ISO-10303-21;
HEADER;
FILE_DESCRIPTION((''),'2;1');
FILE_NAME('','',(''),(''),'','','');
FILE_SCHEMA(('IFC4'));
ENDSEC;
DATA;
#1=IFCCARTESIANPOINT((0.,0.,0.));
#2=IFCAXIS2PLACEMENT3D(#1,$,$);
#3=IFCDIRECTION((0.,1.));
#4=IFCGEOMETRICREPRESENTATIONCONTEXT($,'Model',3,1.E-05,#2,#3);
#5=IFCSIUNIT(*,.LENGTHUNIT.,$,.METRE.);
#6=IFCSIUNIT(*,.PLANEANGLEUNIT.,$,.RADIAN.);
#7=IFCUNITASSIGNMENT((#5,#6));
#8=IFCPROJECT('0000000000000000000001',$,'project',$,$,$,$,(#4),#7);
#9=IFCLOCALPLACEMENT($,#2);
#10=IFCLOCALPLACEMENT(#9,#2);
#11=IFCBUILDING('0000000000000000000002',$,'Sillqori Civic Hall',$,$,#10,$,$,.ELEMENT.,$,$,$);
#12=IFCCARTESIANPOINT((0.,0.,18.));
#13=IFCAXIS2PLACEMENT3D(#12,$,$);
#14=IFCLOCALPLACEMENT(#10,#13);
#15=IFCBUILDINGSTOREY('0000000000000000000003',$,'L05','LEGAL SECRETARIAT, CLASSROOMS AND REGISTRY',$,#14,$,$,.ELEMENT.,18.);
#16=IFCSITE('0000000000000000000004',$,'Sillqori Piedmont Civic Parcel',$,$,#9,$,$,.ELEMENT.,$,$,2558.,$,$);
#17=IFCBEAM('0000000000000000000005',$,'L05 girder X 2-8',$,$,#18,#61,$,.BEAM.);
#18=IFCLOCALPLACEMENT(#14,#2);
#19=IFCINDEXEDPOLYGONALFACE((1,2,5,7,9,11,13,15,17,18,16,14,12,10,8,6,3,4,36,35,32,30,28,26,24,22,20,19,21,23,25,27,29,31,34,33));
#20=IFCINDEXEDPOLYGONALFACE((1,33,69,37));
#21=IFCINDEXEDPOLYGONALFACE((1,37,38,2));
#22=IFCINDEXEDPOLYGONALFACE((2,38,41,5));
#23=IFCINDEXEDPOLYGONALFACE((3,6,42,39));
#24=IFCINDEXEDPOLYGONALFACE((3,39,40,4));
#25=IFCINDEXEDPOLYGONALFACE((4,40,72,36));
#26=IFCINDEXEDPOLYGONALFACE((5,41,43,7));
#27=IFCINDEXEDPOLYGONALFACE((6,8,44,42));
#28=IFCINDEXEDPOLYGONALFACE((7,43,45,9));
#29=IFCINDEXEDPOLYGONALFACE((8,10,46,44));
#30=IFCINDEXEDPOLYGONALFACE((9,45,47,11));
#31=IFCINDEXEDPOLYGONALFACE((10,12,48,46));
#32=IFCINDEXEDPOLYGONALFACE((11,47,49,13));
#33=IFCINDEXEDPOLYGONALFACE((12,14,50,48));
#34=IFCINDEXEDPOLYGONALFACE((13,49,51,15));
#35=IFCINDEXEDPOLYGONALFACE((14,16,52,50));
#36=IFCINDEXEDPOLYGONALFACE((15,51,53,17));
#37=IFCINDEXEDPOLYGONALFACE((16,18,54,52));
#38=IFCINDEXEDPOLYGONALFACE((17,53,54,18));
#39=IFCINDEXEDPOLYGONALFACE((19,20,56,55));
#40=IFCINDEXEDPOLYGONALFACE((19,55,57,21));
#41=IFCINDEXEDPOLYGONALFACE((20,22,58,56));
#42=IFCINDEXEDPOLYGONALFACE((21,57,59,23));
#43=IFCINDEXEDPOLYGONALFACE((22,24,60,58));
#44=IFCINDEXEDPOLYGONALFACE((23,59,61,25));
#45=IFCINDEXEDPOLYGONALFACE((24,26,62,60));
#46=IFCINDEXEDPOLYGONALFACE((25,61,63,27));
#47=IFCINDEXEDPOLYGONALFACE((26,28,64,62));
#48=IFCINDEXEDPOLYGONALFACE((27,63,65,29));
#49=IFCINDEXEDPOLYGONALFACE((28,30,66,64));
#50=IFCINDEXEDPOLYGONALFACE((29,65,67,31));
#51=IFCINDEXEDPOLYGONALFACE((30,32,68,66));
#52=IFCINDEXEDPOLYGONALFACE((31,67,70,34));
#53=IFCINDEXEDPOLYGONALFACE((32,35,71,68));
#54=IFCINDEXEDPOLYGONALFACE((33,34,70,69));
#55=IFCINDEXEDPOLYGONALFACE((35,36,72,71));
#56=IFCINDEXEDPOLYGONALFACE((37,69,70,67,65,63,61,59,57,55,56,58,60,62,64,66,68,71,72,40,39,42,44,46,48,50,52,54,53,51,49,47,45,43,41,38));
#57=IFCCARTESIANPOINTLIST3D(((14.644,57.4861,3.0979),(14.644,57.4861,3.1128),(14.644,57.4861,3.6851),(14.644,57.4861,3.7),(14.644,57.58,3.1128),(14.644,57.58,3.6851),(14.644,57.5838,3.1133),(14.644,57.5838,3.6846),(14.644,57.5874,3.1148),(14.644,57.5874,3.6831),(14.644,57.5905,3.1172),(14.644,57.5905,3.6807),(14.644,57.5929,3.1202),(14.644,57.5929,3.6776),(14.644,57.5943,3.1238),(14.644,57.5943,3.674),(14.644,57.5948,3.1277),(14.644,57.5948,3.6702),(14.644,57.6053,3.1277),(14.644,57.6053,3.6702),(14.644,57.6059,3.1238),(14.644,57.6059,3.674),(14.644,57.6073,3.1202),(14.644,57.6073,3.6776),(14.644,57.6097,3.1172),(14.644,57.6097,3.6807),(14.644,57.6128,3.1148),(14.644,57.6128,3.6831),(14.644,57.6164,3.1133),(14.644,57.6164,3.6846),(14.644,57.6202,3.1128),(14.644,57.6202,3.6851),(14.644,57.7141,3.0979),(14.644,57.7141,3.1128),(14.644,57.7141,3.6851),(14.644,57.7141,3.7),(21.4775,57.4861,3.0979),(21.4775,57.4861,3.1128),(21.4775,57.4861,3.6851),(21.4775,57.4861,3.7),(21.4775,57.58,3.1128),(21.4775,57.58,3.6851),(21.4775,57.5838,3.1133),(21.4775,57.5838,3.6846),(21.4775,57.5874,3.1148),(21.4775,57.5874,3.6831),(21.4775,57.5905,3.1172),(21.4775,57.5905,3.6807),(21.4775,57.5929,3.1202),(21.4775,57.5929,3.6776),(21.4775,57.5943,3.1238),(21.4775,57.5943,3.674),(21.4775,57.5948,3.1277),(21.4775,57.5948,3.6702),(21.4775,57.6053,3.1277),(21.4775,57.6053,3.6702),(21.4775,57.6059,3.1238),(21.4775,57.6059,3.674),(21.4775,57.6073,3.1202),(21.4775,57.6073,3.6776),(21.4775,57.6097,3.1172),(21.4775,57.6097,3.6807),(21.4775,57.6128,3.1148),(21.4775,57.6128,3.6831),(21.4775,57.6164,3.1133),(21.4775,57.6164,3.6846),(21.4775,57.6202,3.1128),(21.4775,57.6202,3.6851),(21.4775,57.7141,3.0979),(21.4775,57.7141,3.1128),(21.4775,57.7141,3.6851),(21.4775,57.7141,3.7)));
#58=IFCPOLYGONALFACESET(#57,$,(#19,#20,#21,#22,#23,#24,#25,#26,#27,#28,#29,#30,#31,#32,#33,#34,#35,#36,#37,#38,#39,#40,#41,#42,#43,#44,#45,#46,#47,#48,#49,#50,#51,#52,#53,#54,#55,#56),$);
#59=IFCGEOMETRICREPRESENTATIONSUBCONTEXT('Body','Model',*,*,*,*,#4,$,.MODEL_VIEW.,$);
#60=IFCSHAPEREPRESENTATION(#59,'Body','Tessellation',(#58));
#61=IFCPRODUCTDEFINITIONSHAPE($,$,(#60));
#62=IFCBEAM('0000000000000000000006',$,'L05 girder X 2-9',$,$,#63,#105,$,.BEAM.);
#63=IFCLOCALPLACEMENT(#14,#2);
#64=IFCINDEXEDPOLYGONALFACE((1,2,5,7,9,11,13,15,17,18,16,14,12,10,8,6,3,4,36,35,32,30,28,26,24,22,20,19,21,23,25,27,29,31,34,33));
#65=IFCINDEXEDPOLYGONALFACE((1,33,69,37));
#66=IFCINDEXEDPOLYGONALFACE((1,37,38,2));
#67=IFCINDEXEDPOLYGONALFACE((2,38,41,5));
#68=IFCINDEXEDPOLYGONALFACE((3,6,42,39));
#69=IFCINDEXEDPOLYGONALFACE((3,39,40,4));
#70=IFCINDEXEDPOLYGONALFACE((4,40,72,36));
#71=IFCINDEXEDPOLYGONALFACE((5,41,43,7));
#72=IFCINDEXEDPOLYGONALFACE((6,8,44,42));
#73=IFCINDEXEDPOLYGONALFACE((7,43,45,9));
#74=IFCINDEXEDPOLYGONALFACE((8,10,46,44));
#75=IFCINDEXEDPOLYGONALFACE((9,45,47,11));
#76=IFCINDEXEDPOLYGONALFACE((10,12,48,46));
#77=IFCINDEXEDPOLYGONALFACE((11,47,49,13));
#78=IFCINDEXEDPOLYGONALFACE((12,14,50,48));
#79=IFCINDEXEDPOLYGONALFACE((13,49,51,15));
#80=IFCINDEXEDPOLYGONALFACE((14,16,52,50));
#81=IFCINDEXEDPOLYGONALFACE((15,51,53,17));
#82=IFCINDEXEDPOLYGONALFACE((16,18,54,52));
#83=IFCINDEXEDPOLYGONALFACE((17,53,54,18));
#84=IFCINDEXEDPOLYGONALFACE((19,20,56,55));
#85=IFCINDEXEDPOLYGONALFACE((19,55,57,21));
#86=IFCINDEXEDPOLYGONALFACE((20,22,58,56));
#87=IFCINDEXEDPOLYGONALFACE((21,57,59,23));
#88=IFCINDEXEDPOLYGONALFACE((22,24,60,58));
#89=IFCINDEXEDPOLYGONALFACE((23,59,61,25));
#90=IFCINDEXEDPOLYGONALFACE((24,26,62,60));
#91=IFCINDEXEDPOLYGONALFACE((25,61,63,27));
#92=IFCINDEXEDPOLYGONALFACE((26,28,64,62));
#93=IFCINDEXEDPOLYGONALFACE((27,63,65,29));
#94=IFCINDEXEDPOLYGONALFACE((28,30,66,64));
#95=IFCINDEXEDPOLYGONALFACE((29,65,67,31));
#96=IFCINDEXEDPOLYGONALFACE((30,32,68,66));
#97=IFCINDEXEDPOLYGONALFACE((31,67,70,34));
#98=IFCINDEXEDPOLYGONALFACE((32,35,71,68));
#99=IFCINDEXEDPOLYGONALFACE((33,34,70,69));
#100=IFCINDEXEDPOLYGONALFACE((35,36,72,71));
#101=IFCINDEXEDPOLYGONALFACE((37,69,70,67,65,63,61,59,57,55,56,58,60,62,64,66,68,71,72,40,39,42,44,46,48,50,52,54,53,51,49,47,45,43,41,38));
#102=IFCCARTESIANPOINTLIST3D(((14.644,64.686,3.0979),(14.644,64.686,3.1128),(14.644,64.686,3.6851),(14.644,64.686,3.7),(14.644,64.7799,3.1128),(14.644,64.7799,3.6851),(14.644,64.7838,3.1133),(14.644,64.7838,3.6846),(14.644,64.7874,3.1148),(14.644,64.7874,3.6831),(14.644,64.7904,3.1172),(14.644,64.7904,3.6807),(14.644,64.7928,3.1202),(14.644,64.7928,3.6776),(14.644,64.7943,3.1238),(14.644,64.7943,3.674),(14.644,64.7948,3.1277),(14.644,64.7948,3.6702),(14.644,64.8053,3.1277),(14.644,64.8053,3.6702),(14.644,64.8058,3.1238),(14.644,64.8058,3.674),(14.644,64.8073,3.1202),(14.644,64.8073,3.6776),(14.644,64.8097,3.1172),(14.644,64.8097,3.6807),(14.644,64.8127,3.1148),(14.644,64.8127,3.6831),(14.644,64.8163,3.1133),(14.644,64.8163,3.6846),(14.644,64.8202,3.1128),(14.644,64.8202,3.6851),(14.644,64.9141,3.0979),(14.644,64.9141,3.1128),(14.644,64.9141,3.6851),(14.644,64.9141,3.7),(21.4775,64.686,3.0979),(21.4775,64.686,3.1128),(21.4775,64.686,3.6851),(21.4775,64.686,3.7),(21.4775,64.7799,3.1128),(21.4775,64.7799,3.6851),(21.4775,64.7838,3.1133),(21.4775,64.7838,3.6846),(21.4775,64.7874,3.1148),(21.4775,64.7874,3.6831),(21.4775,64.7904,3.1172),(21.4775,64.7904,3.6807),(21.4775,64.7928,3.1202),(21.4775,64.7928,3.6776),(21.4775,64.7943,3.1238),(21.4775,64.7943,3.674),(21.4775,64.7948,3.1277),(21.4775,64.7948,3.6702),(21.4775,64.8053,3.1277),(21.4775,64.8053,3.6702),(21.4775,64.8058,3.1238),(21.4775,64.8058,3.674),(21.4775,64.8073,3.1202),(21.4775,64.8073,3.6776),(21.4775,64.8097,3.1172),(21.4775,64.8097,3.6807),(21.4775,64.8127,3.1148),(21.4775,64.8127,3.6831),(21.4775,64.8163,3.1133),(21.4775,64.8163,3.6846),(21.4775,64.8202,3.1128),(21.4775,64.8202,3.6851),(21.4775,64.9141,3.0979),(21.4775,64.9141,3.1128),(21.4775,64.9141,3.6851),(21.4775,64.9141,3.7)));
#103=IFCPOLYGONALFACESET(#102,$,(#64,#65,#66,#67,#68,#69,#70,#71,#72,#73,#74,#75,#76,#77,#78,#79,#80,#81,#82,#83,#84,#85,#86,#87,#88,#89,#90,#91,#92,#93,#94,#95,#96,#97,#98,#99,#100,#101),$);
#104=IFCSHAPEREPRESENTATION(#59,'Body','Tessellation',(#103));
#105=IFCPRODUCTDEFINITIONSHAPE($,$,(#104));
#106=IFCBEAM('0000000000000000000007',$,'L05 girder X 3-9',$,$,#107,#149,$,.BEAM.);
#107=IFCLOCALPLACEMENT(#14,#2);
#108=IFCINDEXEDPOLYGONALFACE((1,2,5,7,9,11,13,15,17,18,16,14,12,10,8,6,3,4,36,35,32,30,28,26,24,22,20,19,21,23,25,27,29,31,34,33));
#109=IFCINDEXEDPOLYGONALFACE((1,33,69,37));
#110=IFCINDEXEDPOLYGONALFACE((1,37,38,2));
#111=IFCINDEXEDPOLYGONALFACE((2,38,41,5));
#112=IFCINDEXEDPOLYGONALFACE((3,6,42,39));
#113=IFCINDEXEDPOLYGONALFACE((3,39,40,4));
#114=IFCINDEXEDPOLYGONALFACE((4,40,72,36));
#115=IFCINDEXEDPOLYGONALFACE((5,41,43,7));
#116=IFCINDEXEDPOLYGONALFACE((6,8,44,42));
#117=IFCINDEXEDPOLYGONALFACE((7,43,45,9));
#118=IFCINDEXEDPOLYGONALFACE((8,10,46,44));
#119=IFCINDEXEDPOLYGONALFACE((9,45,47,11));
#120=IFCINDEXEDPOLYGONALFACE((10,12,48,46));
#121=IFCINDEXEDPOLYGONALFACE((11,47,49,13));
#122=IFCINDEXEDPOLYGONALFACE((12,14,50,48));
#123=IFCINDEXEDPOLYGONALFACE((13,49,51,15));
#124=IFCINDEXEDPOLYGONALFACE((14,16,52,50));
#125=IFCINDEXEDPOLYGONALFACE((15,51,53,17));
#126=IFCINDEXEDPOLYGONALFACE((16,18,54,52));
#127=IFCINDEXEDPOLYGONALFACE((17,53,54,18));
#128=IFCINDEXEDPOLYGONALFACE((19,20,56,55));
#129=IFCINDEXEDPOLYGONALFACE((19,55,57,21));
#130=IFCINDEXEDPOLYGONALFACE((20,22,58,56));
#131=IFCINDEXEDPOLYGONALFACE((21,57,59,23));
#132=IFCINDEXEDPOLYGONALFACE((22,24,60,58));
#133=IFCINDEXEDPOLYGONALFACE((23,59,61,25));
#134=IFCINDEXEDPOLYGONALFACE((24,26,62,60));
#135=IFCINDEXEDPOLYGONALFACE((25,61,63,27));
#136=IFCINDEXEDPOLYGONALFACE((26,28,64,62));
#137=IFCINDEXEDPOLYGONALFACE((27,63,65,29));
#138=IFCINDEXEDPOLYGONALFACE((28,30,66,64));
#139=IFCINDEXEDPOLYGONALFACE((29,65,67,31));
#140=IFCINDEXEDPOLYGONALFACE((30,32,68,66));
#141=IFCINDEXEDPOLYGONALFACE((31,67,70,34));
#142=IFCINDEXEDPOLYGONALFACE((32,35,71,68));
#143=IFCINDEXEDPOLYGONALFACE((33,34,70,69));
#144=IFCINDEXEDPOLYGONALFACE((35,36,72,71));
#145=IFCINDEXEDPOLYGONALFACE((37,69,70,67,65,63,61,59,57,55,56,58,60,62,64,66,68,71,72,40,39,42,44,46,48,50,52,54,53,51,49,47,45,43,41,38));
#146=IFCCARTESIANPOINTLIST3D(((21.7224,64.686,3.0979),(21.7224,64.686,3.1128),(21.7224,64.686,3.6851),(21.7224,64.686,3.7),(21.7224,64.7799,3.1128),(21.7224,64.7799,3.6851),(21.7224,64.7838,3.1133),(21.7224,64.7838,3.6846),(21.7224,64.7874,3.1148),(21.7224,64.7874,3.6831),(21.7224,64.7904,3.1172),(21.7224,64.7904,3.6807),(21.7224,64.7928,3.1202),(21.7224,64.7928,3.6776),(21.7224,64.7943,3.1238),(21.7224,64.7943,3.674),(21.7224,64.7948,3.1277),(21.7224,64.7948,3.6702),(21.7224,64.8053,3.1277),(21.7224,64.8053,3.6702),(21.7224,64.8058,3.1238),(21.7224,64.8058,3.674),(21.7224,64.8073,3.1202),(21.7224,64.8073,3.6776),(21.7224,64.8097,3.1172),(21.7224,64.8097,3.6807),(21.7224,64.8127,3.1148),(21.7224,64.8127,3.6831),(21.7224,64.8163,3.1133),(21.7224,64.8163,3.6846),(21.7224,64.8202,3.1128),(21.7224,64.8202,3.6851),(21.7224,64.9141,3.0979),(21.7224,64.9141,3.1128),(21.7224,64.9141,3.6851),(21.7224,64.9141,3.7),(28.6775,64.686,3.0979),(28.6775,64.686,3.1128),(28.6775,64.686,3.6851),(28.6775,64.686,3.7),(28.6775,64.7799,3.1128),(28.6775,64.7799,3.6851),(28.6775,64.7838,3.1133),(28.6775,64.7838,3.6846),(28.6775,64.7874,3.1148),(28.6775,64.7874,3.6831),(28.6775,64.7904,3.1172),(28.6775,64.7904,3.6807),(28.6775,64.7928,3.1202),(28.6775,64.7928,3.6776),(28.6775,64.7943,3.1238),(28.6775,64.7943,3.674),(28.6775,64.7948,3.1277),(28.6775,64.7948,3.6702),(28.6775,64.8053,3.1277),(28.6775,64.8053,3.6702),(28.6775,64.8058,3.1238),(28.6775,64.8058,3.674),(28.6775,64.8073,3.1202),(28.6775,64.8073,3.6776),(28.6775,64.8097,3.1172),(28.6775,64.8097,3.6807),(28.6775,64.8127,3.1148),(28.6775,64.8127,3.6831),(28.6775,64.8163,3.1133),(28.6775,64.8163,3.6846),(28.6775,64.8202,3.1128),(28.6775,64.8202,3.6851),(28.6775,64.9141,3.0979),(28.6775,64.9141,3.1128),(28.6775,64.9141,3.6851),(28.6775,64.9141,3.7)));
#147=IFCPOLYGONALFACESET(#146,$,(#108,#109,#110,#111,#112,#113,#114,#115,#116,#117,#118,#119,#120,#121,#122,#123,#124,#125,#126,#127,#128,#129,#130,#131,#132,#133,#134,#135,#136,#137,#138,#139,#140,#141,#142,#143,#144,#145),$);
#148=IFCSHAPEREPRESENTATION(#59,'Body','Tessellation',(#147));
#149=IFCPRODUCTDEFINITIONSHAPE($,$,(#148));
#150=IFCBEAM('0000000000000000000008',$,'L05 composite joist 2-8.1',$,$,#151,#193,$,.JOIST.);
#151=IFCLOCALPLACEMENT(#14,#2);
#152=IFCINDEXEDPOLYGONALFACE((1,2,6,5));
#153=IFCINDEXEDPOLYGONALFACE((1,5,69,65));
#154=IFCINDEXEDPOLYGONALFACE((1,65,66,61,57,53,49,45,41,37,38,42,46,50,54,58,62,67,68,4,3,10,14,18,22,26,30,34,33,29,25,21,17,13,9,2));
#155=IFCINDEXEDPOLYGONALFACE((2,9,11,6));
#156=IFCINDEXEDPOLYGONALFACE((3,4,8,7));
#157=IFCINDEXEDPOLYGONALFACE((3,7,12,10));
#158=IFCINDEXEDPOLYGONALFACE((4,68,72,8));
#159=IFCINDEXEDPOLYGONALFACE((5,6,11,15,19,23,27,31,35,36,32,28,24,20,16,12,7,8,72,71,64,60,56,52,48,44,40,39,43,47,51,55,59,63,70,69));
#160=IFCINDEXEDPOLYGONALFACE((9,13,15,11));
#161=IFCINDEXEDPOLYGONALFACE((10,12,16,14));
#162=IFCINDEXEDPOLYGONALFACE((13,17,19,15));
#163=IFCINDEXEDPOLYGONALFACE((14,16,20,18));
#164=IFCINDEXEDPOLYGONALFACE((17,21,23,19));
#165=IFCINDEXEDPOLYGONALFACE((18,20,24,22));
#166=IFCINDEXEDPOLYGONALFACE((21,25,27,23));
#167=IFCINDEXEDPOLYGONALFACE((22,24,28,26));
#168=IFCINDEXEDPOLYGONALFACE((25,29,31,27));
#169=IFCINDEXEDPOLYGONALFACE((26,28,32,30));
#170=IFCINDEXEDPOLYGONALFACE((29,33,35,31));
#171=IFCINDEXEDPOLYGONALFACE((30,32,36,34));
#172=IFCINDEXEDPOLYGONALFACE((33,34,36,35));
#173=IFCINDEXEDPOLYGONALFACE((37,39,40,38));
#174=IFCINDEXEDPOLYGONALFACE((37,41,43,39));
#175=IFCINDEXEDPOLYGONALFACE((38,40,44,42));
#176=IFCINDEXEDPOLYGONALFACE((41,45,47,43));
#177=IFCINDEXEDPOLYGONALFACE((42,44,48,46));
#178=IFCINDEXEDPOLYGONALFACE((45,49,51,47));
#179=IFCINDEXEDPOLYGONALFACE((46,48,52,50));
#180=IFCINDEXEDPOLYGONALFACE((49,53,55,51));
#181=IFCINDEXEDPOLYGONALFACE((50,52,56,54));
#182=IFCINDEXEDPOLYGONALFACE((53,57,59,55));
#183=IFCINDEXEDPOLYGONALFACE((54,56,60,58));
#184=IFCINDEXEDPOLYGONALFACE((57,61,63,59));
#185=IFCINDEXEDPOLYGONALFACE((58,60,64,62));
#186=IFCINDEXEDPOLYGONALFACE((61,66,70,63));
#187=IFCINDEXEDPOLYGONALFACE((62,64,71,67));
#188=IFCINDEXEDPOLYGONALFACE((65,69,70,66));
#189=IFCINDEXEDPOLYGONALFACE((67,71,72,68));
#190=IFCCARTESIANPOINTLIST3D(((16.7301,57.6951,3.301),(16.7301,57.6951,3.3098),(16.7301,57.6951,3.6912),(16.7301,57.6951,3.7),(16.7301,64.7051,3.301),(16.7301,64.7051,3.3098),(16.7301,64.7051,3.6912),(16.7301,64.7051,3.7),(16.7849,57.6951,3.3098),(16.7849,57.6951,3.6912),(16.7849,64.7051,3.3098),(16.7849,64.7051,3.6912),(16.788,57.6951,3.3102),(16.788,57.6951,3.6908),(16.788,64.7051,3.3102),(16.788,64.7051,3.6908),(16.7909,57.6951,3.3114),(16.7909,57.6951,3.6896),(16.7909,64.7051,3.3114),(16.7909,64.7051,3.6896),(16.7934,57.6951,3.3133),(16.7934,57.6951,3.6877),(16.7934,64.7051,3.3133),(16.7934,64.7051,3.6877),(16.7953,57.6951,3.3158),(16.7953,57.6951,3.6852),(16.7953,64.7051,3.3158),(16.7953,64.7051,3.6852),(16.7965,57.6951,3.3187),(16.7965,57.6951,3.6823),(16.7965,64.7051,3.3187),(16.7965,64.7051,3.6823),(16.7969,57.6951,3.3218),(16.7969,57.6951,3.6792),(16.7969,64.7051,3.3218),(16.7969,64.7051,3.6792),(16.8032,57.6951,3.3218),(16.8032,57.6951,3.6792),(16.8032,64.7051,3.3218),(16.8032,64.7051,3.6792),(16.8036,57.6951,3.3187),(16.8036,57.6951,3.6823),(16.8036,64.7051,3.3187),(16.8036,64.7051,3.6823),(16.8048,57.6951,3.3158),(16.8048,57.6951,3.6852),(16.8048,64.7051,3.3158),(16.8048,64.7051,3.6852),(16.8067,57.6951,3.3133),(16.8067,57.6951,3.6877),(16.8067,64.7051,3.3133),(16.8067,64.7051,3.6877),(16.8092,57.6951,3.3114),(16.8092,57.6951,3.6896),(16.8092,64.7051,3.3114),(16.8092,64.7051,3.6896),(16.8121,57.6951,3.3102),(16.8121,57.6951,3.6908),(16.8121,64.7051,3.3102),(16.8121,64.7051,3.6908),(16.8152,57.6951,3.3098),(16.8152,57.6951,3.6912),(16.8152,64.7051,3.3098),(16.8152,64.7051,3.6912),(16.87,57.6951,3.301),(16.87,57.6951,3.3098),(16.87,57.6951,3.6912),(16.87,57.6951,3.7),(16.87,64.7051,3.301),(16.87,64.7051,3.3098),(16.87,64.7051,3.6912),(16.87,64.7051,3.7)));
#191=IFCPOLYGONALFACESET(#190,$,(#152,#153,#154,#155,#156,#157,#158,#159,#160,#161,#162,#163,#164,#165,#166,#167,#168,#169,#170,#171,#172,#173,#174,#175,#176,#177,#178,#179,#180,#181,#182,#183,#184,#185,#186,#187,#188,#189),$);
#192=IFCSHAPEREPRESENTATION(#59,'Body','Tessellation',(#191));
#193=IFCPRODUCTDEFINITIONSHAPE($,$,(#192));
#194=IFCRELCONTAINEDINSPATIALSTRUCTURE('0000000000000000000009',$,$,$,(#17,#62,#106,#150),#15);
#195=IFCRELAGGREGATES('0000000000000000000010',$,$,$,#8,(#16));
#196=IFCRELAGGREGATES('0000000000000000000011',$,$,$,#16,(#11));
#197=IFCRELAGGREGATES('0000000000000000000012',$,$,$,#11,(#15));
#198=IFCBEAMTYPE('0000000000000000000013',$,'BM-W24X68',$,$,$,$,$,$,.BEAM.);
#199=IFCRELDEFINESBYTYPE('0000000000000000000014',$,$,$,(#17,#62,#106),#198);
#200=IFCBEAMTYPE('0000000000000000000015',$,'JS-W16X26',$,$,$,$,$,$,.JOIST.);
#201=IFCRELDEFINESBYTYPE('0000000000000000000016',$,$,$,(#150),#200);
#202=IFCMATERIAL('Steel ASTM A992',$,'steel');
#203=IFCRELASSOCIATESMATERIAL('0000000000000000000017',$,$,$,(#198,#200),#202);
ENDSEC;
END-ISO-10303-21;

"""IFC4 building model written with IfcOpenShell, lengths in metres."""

from ifc_helpers import new_model, si_unit, direction, frame, origin, origin_2d, place, context, subcontext, project, spatial, i_section, extrude, material, material_profile, profile_set, type_object, element, save


model = new_model("IFC4")

# Units and contexts
model_context = context("Model", 3, precision=1e-05, world=origin(), true_north=direction((0.0, 1.0)))
body_context = subcontext(model_context, "Body", "Model", "MODEL_VIEW")
ifc_project = project(units=[si_unit("LENGTHUNIT", "METRE"), si_unit("PLANEANGLEUNIT", "RADIAN")], contexts=[model_context])

# Site, building, storey
site_placement = place(None, origin())
site = spatial("IfcSite", under=ifc_project, at=site_placement, Name="Sillqori Piedmont Civic Parcel", CompositionType="ELEMENT", RefElevation=2558.0)
building_placement = place(site_placement, origin())
building = spatial("IfcBuilding", under=site, at=building_placement, Name="Sillqori Civic Hall", CompositionType="ELEMENT")
storey_placement = place(building_placement, frame((0.0, 0.0, 18.0)))
storey = spatial("IfcBuildingStorey", under=building, at=storey_placement, Name="L05", Description="LEGAL SECRETARIAT, CLASSROOMS AND REGISTRY", CompositionType="ELEMENT", Elevation=18.0)

# Shared definitions
ifc_material_1 = material(Name="Steel ASTM A992", Category="steel")

# Beams
ifc_material_profile_1 = material_profile(ifc_material_1, i_section(OverallWidth=0.228, OverallDepth=0.6021, WebThickness=0.0105, FlangeThickness=0.0149, FilletRadius=0.0149, at=origin_2d()), Name="W24X68")
ifc_profile_set_1 = profile_set([ifc_material_profile_1], Name="Steel ASTM A992")
beam_type_1 = type_object("IfcBeamType", Name="BM-W24X68", PredefinedType="BEAM", material=ifc_profile_set_1)
for number, where, z_axis, x_axis, name in (
    (1, (14.644, 57.6001, 3.3989), (1.0, 0.0, 0.0), (0.0, 1.0, 0.0), "L05 girder X 2-8"),
    (2, (14.644, 64.8, 3.3989), (1.0, 0.0, 0.0), (0.0, 1.0, 0.0), "L05 girder X 2-9"),
):
    element("IfcBeam", number, at=place(storey_placement, frame(where, z_axis=z_axis, x_axis=x_axis)), inside=storey, type_object=beam_type_1, Name=name, PredefinedType="BEAM", context=body_context, shape_type="SweptSolid", body=[
        extrude(i_section(OverallWidth=0.228, OverallDepth=0.6021, WebThickness=0.0105, FlangeThickness=0.0149, FilletRadius=0.0149, at=origin_2d()), origin(), (0.0, 0.0, 1.0), 6.8335),
    ])
beam_1_placement = place(storey_placement, frame((21.7224, 64.8, 3.3989), z_axis=(1.0, 0.0, 0.0), x_axis=(0.0, 1.0, 0.0)))
element("IfcBeam", 3, at=beam_1_placement, inside=storey, type_object=beam_type_1, Name="L05 girder X 3-9", PredefinedType="BEAM", context=body_context, shape_type="SweptSolid", body=[
    extrude(i_section(OverallWidth=0.228, OverallDepth=0.6021, WebThickness=0.0105, FlangeThickness=0.0149, FilletRadius=0.0149, at=origin_2d()), origin(), (0.0, 0.0, 1.0), 6.9551),
])
ifc_material_profile_2 = material_profile(ifc_material_1, i_section(OverallWidth=0.1399, OverallDepth=0.3989, WebThickness=0.0063, FlangeThickness=0.0088, FilletRadius=0.012, at=origin_2d()), Name="W16X26")
ifc_profile_set_2 = profile_set([ifc_material_profile_2], Name="Steel ASTM A992")
beam_type_2 = type_object("IfcBeamType", Name="JS-W16X26", PredefinedType="JOIST", material=ifc_profile_set_2)
for number, where, z_axis, x_axis, name in (
    (4, (16.8, 57.6951, 3.5005), (0.0, 1.0, 0.0), (-1.0, 0.0, 0.0), "L05 composite joist 2-8.1"),
):
    element("IfcBeam", number, at=place(storey_placement, frame(where, z_axis=z_axis, x_axis=x_axis)), inside=storey, type_object=beam_type_2, Name=name, PredefinedType="JOIST", context=body_context, shape_type="SweptSolid", body=[
        extrude(i_section(OverallWidth=0.1399, OverallDepth=0.3989, WebThickness=0.0063, FlangeThickness=0.0088, FilletRadius=0.012, at=origin_2d()), origin(), (0.0, 0.0, 1.0), 7.01),
    ])

save(model, "model.ifc")
